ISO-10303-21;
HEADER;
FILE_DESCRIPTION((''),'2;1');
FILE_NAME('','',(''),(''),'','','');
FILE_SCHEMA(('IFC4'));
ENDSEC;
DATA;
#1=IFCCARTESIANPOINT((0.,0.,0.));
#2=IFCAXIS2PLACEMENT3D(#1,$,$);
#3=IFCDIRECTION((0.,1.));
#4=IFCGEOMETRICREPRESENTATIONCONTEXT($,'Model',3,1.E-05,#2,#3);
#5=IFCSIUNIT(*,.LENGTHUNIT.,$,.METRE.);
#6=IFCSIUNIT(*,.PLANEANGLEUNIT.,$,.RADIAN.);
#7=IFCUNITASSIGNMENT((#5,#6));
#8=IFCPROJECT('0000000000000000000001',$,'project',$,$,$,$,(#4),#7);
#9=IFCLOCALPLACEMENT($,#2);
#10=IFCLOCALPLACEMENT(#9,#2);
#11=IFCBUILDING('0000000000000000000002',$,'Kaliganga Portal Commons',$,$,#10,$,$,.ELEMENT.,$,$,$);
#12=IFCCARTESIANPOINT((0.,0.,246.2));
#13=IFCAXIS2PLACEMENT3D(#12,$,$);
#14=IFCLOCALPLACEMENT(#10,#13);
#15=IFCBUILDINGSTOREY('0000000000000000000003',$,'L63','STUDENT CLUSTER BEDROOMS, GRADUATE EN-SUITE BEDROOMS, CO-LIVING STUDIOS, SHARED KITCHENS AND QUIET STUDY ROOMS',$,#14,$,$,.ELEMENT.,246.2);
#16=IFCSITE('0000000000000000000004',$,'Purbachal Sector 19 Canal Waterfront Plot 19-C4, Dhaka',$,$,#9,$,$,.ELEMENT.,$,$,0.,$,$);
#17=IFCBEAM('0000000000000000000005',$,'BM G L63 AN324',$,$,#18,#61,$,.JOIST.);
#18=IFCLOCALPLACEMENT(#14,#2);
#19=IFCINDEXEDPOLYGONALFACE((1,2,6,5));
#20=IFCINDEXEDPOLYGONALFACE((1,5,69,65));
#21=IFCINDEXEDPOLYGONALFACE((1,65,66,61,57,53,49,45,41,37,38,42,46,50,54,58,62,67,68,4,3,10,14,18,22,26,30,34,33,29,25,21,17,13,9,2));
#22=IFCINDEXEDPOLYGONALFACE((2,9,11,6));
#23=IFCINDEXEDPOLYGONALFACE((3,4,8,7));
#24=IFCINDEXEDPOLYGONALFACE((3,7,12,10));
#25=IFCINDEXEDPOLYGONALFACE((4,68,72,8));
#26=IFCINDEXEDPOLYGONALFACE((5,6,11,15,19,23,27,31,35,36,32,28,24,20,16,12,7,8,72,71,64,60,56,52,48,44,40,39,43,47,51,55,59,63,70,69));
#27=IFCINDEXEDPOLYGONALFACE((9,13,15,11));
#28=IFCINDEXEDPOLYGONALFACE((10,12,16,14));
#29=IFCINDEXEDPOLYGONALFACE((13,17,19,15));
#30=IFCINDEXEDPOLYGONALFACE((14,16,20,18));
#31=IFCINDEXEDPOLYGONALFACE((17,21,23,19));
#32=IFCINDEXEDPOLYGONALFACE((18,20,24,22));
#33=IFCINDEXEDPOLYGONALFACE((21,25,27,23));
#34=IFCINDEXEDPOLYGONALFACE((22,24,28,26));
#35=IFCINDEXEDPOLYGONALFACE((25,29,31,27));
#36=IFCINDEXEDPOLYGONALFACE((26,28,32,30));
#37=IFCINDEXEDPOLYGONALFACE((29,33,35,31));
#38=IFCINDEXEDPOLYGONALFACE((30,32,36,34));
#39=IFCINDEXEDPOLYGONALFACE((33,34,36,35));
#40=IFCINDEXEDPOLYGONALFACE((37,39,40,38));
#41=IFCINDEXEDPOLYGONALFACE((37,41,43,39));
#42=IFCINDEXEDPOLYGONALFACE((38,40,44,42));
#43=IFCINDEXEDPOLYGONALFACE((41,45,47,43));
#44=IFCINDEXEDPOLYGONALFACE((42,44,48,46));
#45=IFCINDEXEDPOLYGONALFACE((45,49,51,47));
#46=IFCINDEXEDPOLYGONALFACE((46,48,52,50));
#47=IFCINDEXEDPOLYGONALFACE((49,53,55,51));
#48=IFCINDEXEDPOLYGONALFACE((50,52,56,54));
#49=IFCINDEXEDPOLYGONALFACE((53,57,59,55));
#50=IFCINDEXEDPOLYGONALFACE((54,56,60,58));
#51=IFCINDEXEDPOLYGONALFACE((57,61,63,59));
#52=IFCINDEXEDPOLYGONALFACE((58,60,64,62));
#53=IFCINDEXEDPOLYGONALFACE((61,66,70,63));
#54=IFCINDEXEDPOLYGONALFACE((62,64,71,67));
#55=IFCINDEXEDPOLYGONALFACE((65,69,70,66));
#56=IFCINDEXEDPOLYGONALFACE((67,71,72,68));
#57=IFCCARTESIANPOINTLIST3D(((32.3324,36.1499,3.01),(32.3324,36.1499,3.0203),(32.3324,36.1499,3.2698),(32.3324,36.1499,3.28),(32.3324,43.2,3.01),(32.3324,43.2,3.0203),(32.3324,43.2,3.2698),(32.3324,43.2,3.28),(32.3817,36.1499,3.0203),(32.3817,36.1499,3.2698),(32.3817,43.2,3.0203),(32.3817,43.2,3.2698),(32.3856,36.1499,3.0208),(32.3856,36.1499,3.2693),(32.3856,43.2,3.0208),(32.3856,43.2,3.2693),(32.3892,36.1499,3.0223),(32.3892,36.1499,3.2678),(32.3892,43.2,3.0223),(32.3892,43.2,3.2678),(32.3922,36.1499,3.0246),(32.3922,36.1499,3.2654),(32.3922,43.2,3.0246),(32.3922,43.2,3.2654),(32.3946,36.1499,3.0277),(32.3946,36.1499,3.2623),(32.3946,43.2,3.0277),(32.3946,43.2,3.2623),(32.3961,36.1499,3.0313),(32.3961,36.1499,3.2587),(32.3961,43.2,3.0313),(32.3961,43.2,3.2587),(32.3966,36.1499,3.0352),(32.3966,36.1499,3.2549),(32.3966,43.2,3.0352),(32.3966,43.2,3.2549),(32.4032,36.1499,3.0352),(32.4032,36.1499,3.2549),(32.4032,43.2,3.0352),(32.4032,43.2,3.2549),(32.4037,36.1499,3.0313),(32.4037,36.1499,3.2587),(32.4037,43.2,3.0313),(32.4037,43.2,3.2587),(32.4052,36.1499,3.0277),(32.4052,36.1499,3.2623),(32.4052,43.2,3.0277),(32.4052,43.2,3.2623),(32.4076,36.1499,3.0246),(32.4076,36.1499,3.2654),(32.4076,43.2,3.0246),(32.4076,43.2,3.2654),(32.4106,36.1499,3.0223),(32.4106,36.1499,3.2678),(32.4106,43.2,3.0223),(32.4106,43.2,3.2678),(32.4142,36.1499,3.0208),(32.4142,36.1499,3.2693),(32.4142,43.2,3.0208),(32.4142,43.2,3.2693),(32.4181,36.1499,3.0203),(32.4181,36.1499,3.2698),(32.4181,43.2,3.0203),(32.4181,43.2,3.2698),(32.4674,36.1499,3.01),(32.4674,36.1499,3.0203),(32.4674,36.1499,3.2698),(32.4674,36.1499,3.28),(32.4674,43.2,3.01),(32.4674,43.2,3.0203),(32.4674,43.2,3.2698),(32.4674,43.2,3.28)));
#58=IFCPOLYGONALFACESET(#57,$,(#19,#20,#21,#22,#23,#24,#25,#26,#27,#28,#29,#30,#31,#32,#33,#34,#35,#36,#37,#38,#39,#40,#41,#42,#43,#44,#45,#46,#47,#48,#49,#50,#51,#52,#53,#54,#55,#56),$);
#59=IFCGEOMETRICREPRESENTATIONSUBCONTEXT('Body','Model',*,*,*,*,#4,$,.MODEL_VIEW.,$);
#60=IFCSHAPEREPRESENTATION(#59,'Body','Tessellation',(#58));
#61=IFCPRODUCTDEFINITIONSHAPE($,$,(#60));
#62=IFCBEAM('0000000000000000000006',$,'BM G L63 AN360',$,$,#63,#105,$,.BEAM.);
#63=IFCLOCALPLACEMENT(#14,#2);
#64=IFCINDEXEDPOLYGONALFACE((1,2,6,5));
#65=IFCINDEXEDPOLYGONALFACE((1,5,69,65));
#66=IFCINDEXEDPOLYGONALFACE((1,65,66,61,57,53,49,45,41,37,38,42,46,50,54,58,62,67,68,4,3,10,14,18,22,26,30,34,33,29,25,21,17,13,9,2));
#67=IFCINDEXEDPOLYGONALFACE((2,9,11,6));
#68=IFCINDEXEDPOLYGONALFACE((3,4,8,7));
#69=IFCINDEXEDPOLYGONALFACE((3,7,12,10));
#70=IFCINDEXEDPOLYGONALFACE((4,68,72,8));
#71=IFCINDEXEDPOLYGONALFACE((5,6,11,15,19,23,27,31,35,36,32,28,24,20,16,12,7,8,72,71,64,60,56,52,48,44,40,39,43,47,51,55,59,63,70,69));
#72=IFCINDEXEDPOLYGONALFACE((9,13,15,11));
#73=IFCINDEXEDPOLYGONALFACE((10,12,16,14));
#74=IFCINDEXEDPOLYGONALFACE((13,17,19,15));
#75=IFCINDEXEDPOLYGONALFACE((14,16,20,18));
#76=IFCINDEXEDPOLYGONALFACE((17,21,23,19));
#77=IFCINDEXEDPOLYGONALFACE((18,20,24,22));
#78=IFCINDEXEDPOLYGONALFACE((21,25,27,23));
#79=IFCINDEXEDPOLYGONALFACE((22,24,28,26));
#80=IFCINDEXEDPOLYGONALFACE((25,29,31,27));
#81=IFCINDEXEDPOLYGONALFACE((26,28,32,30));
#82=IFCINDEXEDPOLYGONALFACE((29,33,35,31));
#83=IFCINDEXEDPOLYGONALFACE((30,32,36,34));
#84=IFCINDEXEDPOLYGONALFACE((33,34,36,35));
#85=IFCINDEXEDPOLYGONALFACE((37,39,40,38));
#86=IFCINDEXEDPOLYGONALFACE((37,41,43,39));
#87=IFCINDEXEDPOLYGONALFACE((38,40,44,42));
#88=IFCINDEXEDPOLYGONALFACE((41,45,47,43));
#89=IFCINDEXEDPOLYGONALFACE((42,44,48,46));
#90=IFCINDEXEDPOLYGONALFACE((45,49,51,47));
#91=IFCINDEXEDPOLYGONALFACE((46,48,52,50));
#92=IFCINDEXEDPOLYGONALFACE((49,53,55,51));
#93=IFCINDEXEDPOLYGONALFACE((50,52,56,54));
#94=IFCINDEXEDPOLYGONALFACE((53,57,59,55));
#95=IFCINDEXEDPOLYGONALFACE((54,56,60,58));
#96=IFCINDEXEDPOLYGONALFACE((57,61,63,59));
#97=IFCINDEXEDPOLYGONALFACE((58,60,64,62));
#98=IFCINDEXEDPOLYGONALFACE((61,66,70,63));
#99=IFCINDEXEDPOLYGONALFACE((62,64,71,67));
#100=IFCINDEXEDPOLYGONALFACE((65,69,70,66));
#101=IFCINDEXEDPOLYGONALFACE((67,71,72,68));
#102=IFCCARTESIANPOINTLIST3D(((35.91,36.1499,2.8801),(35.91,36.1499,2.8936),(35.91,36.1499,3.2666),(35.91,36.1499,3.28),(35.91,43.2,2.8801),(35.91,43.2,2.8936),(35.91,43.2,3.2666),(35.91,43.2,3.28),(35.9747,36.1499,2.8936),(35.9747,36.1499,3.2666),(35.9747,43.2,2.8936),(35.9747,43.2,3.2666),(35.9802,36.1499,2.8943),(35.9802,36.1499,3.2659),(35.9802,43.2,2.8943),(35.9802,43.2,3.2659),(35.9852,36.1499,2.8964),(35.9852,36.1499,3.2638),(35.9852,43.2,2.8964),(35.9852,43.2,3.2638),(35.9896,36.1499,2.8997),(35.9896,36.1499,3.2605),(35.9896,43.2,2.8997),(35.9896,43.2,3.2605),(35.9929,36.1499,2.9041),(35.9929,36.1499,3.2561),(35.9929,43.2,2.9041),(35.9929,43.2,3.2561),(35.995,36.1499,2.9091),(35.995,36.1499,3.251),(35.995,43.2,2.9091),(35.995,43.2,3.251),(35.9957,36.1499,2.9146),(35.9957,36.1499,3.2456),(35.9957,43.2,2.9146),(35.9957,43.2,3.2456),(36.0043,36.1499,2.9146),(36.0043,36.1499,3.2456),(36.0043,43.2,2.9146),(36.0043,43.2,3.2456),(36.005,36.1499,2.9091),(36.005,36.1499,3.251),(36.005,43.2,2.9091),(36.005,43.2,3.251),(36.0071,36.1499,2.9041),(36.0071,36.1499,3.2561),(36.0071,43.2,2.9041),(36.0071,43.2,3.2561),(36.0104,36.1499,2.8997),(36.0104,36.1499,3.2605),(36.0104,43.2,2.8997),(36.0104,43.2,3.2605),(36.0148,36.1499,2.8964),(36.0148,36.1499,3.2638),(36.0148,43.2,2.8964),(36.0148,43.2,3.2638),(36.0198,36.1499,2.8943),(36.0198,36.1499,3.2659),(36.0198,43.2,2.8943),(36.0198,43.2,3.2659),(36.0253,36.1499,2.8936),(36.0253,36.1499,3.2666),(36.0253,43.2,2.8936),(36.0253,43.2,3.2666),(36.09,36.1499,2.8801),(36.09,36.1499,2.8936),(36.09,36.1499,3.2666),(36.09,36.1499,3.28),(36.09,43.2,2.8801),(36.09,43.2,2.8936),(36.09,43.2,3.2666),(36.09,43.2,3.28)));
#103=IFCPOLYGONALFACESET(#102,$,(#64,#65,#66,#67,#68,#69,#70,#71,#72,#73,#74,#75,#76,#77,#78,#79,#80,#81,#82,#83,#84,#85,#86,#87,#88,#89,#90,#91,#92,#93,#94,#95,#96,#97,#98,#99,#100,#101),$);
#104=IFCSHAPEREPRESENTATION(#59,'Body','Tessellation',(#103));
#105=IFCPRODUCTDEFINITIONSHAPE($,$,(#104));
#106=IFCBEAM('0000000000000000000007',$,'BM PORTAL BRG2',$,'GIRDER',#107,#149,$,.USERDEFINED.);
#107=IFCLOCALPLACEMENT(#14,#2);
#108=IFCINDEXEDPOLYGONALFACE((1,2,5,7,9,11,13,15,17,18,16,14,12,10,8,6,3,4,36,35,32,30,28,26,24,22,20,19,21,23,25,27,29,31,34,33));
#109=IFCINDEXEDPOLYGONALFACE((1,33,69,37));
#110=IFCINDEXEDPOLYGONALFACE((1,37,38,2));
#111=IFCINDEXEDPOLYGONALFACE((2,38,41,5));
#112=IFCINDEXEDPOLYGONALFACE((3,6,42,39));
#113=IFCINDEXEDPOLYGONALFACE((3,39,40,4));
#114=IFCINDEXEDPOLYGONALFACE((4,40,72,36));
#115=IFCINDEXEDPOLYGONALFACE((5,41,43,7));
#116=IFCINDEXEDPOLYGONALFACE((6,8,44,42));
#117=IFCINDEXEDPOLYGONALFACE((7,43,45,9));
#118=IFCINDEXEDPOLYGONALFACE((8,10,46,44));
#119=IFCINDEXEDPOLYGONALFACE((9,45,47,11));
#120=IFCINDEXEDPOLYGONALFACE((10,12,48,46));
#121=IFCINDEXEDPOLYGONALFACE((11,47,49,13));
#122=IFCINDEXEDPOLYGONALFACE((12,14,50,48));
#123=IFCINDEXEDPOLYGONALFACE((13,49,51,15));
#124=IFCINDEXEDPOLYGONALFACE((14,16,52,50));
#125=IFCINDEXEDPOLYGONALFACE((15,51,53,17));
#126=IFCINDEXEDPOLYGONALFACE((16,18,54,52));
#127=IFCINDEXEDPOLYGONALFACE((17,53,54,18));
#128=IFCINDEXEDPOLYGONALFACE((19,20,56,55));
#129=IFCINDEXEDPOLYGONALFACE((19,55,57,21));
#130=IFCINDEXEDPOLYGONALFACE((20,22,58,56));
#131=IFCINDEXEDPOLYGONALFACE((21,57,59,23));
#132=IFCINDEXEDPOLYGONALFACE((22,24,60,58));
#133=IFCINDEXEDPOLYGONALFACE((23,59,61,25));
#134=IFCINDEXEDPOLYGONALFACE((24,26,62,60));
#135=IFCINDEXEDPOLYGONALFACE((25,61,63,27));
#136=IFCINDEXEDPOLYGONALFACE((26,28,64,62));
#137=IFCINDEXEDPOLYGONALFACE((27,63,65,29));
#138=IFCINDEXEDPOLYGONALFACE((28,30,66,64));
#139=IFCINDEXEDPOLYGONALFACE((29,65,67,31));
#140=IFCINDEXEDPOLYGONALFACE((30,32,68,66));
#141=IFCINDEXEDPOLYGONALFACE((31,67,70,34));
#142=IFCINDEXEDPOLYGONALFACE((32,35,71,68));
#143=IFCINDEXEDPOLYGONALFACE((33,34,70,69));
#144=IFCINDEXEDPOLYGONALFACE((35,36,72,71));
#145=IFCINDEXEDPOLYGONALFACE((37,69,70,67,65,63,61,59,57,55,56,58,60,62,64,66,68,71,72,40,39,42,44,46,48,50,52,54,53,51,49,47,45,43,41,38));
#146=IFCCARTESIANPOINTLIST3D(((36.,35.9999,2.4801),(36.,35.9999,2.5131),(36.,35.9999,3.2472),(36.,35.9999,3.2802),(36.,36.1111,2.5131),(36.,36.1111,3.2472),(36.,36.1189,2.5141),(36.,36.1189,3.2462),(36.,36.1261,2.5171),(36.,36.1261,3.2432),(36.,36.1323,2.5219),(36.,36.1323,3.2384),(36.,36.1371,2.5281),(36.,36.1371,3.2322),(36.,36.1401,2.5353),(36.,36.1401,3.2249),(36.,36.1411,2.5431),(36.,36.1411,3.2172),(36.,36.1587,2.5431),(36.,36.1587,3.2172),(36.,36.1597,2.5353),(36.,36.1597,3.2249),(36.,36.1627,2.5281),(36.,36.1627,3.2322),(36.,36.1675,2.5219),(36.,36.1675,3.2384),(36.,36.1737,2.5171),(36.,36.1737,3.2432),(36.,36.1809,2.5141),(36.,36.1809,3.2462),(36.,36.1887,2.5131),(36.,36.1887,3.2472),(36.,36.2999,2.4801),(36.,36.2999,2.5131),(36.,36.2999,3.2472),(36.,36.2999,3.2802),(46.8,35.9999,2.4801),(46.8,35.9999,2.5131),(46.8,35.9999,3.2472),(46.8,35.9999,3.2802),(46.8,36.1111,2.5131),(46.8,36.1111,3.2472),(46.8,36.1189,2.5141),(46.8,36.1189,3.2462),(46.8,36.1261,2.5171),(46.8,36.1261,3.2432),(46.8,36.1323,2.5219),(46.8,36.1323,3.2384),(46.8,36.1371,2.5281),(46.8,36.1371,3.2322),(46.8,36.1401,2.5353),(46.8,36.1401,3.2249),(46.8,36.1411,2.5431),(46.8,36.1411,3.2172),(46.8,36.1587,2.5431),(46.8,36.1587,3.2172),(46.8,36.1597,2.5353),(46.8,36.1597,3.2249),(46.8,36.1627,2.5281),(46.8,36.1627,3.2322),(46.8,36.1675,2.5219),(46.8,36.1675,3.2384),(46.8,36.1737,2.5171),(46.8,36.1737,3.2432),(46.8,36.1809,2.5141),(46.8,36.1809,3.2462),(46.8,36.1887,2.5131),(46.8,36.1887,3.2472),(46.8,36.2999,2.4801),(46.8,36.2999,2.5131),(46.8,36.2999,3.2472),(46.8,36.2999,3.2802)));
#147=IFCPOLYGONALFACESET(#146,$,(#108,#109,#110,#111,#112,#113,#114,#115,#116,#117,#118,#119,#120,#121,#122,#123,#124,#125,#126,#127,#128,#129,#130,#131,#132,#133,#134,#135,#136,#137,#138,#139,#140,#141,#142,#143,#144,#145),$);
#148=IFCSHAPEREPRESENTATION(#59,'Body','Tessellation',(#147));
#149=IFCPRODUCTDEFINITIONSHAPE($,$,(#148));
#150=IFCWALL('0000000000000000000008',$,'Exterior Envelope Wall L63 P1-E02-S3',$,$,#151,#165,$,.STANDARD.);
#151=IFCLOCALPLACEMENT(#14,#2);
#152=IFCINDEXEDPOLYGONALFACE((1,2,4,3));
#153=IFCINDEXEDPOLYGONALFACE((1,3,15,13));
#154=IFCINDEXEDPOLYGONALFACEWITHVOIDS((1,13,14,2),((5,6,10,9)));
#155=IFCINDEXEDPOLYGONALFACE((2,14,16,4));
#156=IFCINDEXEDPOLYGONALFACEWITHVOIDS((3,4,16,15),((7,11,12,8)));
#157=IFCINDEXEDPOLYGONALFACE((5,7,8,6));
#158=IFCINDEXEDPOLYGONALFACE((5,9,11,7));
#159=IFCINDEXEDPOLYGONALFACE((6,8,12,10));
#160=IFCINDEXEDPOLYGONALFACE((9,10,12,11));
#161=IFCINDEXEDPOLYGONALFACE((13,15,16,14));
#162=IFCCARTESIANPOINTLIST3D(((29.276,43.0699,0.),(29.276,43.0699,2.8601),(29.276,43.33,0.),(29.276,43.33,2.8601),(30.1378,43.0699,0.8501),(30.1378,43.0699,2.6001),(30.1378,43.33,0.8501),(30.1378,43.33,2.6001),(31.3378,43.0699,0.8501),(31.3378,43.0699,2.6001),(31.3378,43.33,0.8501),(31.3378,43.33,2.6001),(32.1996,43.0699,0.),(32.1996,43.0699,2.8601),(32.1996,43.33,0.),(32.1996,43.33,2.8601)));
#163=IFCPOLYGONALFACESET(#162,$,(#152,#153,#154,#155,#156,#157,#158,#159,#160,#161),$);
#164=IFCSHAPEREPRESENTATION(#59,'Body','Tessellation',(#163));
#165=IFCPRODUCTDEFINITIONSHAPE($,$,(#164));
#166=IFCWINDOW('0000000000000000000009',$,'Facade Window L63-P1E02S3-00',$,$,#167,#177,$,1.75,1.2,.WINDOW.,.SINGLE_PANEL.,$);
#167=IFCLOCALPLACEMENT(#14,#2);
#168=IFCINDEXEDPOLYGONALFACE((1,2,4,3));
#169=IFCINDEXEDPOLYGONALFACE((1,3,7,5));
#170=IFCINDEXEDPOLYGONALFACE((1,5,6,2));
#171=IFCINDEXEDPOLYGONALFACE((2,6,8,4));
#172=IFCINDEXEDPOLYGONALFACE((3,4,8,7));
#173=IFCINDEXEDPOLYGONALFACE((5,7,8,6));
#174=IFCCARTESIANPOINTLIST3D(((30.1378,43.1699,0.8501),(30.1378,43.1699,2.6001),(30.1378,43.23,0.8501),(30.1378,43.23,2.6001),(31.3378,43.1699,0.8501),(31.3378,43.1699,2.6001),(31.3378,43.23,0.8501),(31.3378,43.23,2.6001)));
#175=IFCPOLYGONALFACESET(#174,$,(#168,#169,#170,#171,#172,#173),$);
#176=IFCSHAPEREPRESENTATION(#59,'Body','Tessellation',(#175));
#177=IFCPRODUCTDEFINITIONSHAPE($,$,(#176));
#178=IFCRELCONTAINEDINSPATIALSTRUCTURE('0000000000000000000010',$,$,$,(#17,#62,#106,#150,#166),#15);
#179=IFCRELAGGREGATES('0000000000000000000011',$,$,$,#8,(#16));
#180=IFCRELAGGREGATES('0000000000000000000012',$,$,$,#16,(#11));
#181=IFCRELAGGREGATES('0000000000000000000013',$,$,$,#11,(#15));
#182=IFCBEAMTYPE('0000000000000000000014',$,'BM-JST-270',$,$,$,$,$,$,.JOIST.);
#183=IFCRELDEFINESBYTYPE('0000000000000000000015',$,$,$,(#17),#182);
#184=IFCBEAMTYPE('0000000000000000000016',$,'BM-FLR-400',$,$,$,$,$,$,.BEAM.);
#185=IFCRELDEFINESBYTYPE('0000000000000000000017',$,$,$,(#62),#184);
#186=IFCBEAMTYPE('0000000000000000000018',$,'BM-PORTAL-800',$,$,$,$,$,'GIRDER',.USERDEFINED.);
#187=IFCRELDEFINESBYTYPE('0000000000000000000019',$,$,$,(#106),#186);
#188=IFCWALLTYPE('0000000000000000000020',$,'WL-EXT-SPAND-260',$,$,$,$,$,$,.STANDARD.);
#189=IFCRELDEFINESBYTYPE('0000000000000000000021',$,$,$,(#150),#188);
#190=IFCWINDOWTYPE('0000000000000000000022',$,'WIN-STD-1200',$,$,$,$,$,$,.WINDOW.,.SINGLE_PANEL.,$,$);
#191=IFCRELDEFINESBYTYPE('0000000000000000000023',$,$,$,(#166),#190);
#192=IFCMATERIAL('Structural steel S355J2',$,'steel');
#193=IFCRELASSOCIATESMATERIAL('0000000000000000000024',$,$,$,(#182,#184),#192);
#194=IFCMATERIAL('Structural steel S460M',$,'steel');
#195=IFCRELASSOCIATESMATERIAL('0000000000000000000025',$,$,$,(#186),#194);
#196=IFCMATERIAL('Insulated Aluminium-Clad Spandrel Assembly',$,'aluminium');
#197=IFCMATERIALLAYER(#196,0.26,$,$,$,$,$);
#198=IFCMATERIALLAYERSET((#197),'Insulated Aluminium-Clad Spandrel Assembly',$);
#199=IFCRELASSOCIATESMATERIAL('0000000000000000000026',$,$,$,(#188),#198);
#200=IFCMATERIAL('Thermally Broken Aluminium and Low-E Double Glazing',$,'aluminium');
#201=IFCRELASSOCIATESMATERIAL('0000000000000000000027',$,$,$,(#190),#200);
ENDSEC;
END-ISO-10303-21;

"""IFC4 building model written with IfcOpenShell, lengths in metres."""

from ifc_helpers import new_model, si_unit, direction, frame, frame_2d, origin, origin_2d, place, context, subcontext, project, spatial, rectangle, i_section, extrude, source, transform, mapped, material, layer, layer_set, material_profile, profile_set, type_object, element, fill, save


model = new_model("IFC4")

# Units and contexts
model_context = context("Model", 3, precision=1e-05, world=origin(), true_north=direction((0.0, 1.0)))
body_context = subcontext(model_context, "Body", "Model", "MODEL_VIEW")
ifc_project = project(units=[si_unit("LENGTHUNIT", "METRE"), si_unit("PLANEANGLEUNIT", "RADIAN")], contexts=[model_context])

# Site, building, storey
site_placement = place(None, origin())
site = spatial("IfcSite", under=ifc_project, at=site_placement, Name="Purbachal Sector 19 Canal Waterfront Plot 19-C4, Dhaka", CompositionType="ELEMENT", RefElevation=0.0)
building_placement = place(site_placement, origin())
building = spatial("IfcBuilding", under=site, at=building_placement, Name="Kaliganga Portal Commons", CompositionType="ELEMENT")
storey_placement = place(building_placement, frame((0.0, 0.0, 246.2)))
storey = spatial("IfcBuildingStorey", under=building, at=storey_placement, Name="L63", Description="STUDENT CLUSTER BEDROOMS, GRADUATE EN-SUITE BEDROOMS, CO-LIVING STUDIOS, SHARED KITCHENS AND QUIET STUDY ROOMS", CompositionType="ELEMENT", Elevation=246.2)

# Shared definitions
ifc_material_1 = material(Name="Structural steel S355J2", Category="steel")

# Beams
ifc_material_profile_1 = material_profile(ifc_material_1, i_section(OverallWidth=0.135, OverallDepth=0.27, WebThickness=0.0066, FlangeThickness=0.0103, FilletRadius=0.0149, at=origin_2d()), Name="IPE 270")
ifc_profile_set_1 = profile_set([ifc_material_profile_1], Name="Structural steel S355J2 wide-flange")
beam_type_1 = type_object("IfcBeamType", Name="BM-JST-270", PredefinedType="JOIST", material=ifc_profile_set_1)
shared_shape_1 = source(origin(), body_context, "Body", "SweptSolid", [
    extrude(i_section(OverallWidth=0.135, OverallDepth=0.27, WebThickness=0.0066, FlangeThickness=0.0103, FilletRadius=0.0149, at=origin_2d()), origin(), (0.0, 0.0, 1.0), 7.05),
])
beam_1_placement = place(storey_placement, frame((32.3999, 36.1499, 3.145), z_axis=(0.0, 1.0, 0.0), x_axis=(-1.0, 0.0, 0.0)))
element("IfcBeam", 1, at=beam_1_placement, inside=storey, type_object=beam_type_1, Name="BM G L63 AN324", PredefinedType="JOIST", context=body_context, shape_type="MappedRepresentation", body=[
    mapped(shared_shape_1, transform((0.0, 0.0, 0.0), x_axis=(1.0, 0.0, 0.0), y_axis=(0.0, 1.0, 0.0), z_axis=(0.0, 0.0, 1.0), scale=1.0)),
])
ifc_material_profile_2 = material_profile(ifc_material_1, i_section(OverallWidth=0.1799, OverallDepth=0.3999, WebThickness=0.0085, FlangeThickness=0.0134, FilletRadius=0.021, at=origin_2d()), Name="IPE 400")
ifc_profile_set_2 = profile_set([ifc_material_profile_2], Name="Structural steel S355J2 wide-flange")
beam_type_2 = type_object("IfcBeamType", Name="BM-FLR-400", PredefinedType="BEAM", material=ifc_profile_set_2)
shared_shape_2 = source(origin(), body_context, "Body", "SweptSolid", [
    extrude(i_section(OverallWidth=0.1799, OverallDepth=0.3999, WebThickness=0.0085, FlangeThickness=0.0134, FilletRadius=0.021, at=origin_2d()), origin(), (0.0, 0.0, 1.0), 7.05),
])
beam_2_placement = place(storey_placement, frame((36.0, 36.1499, 3.0801), z_axis=(0.0, 1.0, 0.0), x_axis=(-1.0, 0.0, 0.0)))
element("IfcBeam", 2, at=beam_2_placement, inside=storey, type_object=beam_type_2, Name="BM G L63 AN360", PredefinedType="BEAM", context=body_context, shape_type="MappedRepresentation", body=[
    mapped(shared_shape_2, transform((0.0, 0.0, 0.0), x_axis=(1.0, 0.0, 0.0), y_axis=(0.0, 1.0, 0.0), z_axis=(0.0, 0.0, 1.0), scale=1.0)),
])
ifc_material_2 = material(Name="Structural steel S460M", Category="steel")
ifc_material_profile_3 = material_profile(ifc_material_2, i_section(OverallWidth=0.3, OverallDepth=0.8, WebThickness=0.0176, FlangeThickness=0.033, FilletRadius=0.03, at=origin_2d()), Name="HE 800 B")
ifc_profile_set_3 = profile_set([ifc_material_profile_3], Name="Structural steel S460M wide-flange")
beam_type_3 = type_object("IfcBeamType", Name="BM-PORTAL-800", ElementType="GIRDER", PredefinedType="USERDEFINED", material=ifc_profile_set_3)
shared_shape_3 = source(origin(), body_context, "Body", "SweptSolid", [
    extrude(i_section(OverallWidth=0.3, OverallDepth=0.8, WebThickness=0.0176, FlangeThickness=0.033, FilletRadius=0.03, at=origin_2d()), origin(), (0.0, 0.0, 1.0), 10.8),
])
beam_3_placement = place(storey_placement, frame((36.0, 36.1499, 2.8801), z_axis=(1.0, 0.0, 0.0), x_axis=(0.0, 1.0, 0.0)))
element("IfcBeam", 3, at=beam_3_placement, inside=storey, type_object=beam_type_3, Name="BM PORTAL BRG2", ObjectType="GIRDER", PredefinedType="USERDEFINED", context=body_context, shape_type="MappedRepresentation", body=[
    mapped(shared_shape_3, transform((0.0, 0.0, 0.0), x_axis=(1.0, 0.0, 0.0), y_axis=(0.0, 1.0, 0.0), z_axis=(0.0, 0.0, 1.0), scale=1.0)),
])

# Shared definitions
ifc_material_3 = material(Name="Insulated Aluminium-Clad Spandrel Assembly", Category="aluminium")
ifc_layer_1 = layer(ifc_material_3, 0.26)
ifc_layer_set_1 = layer_set([ifc_layer_1], Name="Insulated Aluminium-Clad Spandrel Assembly")
wall_type_1 = type_object("IfcWallType", Name="WL-EXT-SPAND-260", PredefinedType="STANDARD", material=ifc_layer_set_1)

# Wall, opening, window
wall_1_placement = place(storey_placement, frame((29.2759, 43.2, 0.0), z_axis=(0.0, 0.0, 1.0), x_axis=(1.0, 0.0, 0.0)))
wall_1 = element("IfcWall", 4, at=wall_1_placement, inside=storey, type_object=wall_type_1, Name="Exterior Envelope Wall L63 P1-E02-S3", PredefinedType="STANDARD", context=body_context, shape_type="SweptSolid", body=[
    extrude(rectangle(XDim=2.9236, YDim=0.26, at=frame_2d((1.4619, 0.0))), origin(), (0.0, 0.0, 1.0), 2.8601),
])
opening_1_placement = place(wall_1_placement, frame((0.8618, 0.0, 0.8501)))
opening_1 = element("IfcOpeningElement", 5, at=opening_1_placement, cuts=wall_1, PredefinedType="OPENING", context=body_context, shape_type="SweptSolid", body=[
    extrude(rectangle(XDim=1.2, YDim=1.75, at=frame_2d((0.6001, 0.875))), frame((0.0, 0.1401, 0.0), z_axis=(0.0, -1.0, 0.0), x_axis=(1.0, 0.0, 0.0)), (0.0, 0.0, 1.0), 0.28),
])
ifc_material_4 = material(Name="Thermally Broken Aluminium and Low-E Double Glazing", Category="aluminium")
window_type = type_object("IfcWindowType", Name="WIN-STD-1200", PartitioningType="SINGLE_PANEL", PredefinedType="WINDOW", material=ifc_material_4)
window_placement = place(opening_1_placement, origin())
window = element("IfcWindow", 6, at=window_placement, inside=storey, type_object=window_type, Name="Facade Window L63-P1E02S3-00", OverallHeight=1.75, OverallWidth=1.2, PartitioningType="SINGLE_PANEL", PredefinedType="WINDOW", context=body_context, shape_type="SweptSolid", body=[
    extrude(rectangle(XDim=1.2, YDim=1.75, at=frame_2d((0.6001, 0.875))), frame((0.0, 0.03, 0.0), z_axis=(0.0, -1.0, 0.0), x_axis=(1.0, 0.0, 0.0)), (0.0, 0.0, 1.0), 0.0601),
])
fill(opening_1, window)

save(model, "model.ifc")
